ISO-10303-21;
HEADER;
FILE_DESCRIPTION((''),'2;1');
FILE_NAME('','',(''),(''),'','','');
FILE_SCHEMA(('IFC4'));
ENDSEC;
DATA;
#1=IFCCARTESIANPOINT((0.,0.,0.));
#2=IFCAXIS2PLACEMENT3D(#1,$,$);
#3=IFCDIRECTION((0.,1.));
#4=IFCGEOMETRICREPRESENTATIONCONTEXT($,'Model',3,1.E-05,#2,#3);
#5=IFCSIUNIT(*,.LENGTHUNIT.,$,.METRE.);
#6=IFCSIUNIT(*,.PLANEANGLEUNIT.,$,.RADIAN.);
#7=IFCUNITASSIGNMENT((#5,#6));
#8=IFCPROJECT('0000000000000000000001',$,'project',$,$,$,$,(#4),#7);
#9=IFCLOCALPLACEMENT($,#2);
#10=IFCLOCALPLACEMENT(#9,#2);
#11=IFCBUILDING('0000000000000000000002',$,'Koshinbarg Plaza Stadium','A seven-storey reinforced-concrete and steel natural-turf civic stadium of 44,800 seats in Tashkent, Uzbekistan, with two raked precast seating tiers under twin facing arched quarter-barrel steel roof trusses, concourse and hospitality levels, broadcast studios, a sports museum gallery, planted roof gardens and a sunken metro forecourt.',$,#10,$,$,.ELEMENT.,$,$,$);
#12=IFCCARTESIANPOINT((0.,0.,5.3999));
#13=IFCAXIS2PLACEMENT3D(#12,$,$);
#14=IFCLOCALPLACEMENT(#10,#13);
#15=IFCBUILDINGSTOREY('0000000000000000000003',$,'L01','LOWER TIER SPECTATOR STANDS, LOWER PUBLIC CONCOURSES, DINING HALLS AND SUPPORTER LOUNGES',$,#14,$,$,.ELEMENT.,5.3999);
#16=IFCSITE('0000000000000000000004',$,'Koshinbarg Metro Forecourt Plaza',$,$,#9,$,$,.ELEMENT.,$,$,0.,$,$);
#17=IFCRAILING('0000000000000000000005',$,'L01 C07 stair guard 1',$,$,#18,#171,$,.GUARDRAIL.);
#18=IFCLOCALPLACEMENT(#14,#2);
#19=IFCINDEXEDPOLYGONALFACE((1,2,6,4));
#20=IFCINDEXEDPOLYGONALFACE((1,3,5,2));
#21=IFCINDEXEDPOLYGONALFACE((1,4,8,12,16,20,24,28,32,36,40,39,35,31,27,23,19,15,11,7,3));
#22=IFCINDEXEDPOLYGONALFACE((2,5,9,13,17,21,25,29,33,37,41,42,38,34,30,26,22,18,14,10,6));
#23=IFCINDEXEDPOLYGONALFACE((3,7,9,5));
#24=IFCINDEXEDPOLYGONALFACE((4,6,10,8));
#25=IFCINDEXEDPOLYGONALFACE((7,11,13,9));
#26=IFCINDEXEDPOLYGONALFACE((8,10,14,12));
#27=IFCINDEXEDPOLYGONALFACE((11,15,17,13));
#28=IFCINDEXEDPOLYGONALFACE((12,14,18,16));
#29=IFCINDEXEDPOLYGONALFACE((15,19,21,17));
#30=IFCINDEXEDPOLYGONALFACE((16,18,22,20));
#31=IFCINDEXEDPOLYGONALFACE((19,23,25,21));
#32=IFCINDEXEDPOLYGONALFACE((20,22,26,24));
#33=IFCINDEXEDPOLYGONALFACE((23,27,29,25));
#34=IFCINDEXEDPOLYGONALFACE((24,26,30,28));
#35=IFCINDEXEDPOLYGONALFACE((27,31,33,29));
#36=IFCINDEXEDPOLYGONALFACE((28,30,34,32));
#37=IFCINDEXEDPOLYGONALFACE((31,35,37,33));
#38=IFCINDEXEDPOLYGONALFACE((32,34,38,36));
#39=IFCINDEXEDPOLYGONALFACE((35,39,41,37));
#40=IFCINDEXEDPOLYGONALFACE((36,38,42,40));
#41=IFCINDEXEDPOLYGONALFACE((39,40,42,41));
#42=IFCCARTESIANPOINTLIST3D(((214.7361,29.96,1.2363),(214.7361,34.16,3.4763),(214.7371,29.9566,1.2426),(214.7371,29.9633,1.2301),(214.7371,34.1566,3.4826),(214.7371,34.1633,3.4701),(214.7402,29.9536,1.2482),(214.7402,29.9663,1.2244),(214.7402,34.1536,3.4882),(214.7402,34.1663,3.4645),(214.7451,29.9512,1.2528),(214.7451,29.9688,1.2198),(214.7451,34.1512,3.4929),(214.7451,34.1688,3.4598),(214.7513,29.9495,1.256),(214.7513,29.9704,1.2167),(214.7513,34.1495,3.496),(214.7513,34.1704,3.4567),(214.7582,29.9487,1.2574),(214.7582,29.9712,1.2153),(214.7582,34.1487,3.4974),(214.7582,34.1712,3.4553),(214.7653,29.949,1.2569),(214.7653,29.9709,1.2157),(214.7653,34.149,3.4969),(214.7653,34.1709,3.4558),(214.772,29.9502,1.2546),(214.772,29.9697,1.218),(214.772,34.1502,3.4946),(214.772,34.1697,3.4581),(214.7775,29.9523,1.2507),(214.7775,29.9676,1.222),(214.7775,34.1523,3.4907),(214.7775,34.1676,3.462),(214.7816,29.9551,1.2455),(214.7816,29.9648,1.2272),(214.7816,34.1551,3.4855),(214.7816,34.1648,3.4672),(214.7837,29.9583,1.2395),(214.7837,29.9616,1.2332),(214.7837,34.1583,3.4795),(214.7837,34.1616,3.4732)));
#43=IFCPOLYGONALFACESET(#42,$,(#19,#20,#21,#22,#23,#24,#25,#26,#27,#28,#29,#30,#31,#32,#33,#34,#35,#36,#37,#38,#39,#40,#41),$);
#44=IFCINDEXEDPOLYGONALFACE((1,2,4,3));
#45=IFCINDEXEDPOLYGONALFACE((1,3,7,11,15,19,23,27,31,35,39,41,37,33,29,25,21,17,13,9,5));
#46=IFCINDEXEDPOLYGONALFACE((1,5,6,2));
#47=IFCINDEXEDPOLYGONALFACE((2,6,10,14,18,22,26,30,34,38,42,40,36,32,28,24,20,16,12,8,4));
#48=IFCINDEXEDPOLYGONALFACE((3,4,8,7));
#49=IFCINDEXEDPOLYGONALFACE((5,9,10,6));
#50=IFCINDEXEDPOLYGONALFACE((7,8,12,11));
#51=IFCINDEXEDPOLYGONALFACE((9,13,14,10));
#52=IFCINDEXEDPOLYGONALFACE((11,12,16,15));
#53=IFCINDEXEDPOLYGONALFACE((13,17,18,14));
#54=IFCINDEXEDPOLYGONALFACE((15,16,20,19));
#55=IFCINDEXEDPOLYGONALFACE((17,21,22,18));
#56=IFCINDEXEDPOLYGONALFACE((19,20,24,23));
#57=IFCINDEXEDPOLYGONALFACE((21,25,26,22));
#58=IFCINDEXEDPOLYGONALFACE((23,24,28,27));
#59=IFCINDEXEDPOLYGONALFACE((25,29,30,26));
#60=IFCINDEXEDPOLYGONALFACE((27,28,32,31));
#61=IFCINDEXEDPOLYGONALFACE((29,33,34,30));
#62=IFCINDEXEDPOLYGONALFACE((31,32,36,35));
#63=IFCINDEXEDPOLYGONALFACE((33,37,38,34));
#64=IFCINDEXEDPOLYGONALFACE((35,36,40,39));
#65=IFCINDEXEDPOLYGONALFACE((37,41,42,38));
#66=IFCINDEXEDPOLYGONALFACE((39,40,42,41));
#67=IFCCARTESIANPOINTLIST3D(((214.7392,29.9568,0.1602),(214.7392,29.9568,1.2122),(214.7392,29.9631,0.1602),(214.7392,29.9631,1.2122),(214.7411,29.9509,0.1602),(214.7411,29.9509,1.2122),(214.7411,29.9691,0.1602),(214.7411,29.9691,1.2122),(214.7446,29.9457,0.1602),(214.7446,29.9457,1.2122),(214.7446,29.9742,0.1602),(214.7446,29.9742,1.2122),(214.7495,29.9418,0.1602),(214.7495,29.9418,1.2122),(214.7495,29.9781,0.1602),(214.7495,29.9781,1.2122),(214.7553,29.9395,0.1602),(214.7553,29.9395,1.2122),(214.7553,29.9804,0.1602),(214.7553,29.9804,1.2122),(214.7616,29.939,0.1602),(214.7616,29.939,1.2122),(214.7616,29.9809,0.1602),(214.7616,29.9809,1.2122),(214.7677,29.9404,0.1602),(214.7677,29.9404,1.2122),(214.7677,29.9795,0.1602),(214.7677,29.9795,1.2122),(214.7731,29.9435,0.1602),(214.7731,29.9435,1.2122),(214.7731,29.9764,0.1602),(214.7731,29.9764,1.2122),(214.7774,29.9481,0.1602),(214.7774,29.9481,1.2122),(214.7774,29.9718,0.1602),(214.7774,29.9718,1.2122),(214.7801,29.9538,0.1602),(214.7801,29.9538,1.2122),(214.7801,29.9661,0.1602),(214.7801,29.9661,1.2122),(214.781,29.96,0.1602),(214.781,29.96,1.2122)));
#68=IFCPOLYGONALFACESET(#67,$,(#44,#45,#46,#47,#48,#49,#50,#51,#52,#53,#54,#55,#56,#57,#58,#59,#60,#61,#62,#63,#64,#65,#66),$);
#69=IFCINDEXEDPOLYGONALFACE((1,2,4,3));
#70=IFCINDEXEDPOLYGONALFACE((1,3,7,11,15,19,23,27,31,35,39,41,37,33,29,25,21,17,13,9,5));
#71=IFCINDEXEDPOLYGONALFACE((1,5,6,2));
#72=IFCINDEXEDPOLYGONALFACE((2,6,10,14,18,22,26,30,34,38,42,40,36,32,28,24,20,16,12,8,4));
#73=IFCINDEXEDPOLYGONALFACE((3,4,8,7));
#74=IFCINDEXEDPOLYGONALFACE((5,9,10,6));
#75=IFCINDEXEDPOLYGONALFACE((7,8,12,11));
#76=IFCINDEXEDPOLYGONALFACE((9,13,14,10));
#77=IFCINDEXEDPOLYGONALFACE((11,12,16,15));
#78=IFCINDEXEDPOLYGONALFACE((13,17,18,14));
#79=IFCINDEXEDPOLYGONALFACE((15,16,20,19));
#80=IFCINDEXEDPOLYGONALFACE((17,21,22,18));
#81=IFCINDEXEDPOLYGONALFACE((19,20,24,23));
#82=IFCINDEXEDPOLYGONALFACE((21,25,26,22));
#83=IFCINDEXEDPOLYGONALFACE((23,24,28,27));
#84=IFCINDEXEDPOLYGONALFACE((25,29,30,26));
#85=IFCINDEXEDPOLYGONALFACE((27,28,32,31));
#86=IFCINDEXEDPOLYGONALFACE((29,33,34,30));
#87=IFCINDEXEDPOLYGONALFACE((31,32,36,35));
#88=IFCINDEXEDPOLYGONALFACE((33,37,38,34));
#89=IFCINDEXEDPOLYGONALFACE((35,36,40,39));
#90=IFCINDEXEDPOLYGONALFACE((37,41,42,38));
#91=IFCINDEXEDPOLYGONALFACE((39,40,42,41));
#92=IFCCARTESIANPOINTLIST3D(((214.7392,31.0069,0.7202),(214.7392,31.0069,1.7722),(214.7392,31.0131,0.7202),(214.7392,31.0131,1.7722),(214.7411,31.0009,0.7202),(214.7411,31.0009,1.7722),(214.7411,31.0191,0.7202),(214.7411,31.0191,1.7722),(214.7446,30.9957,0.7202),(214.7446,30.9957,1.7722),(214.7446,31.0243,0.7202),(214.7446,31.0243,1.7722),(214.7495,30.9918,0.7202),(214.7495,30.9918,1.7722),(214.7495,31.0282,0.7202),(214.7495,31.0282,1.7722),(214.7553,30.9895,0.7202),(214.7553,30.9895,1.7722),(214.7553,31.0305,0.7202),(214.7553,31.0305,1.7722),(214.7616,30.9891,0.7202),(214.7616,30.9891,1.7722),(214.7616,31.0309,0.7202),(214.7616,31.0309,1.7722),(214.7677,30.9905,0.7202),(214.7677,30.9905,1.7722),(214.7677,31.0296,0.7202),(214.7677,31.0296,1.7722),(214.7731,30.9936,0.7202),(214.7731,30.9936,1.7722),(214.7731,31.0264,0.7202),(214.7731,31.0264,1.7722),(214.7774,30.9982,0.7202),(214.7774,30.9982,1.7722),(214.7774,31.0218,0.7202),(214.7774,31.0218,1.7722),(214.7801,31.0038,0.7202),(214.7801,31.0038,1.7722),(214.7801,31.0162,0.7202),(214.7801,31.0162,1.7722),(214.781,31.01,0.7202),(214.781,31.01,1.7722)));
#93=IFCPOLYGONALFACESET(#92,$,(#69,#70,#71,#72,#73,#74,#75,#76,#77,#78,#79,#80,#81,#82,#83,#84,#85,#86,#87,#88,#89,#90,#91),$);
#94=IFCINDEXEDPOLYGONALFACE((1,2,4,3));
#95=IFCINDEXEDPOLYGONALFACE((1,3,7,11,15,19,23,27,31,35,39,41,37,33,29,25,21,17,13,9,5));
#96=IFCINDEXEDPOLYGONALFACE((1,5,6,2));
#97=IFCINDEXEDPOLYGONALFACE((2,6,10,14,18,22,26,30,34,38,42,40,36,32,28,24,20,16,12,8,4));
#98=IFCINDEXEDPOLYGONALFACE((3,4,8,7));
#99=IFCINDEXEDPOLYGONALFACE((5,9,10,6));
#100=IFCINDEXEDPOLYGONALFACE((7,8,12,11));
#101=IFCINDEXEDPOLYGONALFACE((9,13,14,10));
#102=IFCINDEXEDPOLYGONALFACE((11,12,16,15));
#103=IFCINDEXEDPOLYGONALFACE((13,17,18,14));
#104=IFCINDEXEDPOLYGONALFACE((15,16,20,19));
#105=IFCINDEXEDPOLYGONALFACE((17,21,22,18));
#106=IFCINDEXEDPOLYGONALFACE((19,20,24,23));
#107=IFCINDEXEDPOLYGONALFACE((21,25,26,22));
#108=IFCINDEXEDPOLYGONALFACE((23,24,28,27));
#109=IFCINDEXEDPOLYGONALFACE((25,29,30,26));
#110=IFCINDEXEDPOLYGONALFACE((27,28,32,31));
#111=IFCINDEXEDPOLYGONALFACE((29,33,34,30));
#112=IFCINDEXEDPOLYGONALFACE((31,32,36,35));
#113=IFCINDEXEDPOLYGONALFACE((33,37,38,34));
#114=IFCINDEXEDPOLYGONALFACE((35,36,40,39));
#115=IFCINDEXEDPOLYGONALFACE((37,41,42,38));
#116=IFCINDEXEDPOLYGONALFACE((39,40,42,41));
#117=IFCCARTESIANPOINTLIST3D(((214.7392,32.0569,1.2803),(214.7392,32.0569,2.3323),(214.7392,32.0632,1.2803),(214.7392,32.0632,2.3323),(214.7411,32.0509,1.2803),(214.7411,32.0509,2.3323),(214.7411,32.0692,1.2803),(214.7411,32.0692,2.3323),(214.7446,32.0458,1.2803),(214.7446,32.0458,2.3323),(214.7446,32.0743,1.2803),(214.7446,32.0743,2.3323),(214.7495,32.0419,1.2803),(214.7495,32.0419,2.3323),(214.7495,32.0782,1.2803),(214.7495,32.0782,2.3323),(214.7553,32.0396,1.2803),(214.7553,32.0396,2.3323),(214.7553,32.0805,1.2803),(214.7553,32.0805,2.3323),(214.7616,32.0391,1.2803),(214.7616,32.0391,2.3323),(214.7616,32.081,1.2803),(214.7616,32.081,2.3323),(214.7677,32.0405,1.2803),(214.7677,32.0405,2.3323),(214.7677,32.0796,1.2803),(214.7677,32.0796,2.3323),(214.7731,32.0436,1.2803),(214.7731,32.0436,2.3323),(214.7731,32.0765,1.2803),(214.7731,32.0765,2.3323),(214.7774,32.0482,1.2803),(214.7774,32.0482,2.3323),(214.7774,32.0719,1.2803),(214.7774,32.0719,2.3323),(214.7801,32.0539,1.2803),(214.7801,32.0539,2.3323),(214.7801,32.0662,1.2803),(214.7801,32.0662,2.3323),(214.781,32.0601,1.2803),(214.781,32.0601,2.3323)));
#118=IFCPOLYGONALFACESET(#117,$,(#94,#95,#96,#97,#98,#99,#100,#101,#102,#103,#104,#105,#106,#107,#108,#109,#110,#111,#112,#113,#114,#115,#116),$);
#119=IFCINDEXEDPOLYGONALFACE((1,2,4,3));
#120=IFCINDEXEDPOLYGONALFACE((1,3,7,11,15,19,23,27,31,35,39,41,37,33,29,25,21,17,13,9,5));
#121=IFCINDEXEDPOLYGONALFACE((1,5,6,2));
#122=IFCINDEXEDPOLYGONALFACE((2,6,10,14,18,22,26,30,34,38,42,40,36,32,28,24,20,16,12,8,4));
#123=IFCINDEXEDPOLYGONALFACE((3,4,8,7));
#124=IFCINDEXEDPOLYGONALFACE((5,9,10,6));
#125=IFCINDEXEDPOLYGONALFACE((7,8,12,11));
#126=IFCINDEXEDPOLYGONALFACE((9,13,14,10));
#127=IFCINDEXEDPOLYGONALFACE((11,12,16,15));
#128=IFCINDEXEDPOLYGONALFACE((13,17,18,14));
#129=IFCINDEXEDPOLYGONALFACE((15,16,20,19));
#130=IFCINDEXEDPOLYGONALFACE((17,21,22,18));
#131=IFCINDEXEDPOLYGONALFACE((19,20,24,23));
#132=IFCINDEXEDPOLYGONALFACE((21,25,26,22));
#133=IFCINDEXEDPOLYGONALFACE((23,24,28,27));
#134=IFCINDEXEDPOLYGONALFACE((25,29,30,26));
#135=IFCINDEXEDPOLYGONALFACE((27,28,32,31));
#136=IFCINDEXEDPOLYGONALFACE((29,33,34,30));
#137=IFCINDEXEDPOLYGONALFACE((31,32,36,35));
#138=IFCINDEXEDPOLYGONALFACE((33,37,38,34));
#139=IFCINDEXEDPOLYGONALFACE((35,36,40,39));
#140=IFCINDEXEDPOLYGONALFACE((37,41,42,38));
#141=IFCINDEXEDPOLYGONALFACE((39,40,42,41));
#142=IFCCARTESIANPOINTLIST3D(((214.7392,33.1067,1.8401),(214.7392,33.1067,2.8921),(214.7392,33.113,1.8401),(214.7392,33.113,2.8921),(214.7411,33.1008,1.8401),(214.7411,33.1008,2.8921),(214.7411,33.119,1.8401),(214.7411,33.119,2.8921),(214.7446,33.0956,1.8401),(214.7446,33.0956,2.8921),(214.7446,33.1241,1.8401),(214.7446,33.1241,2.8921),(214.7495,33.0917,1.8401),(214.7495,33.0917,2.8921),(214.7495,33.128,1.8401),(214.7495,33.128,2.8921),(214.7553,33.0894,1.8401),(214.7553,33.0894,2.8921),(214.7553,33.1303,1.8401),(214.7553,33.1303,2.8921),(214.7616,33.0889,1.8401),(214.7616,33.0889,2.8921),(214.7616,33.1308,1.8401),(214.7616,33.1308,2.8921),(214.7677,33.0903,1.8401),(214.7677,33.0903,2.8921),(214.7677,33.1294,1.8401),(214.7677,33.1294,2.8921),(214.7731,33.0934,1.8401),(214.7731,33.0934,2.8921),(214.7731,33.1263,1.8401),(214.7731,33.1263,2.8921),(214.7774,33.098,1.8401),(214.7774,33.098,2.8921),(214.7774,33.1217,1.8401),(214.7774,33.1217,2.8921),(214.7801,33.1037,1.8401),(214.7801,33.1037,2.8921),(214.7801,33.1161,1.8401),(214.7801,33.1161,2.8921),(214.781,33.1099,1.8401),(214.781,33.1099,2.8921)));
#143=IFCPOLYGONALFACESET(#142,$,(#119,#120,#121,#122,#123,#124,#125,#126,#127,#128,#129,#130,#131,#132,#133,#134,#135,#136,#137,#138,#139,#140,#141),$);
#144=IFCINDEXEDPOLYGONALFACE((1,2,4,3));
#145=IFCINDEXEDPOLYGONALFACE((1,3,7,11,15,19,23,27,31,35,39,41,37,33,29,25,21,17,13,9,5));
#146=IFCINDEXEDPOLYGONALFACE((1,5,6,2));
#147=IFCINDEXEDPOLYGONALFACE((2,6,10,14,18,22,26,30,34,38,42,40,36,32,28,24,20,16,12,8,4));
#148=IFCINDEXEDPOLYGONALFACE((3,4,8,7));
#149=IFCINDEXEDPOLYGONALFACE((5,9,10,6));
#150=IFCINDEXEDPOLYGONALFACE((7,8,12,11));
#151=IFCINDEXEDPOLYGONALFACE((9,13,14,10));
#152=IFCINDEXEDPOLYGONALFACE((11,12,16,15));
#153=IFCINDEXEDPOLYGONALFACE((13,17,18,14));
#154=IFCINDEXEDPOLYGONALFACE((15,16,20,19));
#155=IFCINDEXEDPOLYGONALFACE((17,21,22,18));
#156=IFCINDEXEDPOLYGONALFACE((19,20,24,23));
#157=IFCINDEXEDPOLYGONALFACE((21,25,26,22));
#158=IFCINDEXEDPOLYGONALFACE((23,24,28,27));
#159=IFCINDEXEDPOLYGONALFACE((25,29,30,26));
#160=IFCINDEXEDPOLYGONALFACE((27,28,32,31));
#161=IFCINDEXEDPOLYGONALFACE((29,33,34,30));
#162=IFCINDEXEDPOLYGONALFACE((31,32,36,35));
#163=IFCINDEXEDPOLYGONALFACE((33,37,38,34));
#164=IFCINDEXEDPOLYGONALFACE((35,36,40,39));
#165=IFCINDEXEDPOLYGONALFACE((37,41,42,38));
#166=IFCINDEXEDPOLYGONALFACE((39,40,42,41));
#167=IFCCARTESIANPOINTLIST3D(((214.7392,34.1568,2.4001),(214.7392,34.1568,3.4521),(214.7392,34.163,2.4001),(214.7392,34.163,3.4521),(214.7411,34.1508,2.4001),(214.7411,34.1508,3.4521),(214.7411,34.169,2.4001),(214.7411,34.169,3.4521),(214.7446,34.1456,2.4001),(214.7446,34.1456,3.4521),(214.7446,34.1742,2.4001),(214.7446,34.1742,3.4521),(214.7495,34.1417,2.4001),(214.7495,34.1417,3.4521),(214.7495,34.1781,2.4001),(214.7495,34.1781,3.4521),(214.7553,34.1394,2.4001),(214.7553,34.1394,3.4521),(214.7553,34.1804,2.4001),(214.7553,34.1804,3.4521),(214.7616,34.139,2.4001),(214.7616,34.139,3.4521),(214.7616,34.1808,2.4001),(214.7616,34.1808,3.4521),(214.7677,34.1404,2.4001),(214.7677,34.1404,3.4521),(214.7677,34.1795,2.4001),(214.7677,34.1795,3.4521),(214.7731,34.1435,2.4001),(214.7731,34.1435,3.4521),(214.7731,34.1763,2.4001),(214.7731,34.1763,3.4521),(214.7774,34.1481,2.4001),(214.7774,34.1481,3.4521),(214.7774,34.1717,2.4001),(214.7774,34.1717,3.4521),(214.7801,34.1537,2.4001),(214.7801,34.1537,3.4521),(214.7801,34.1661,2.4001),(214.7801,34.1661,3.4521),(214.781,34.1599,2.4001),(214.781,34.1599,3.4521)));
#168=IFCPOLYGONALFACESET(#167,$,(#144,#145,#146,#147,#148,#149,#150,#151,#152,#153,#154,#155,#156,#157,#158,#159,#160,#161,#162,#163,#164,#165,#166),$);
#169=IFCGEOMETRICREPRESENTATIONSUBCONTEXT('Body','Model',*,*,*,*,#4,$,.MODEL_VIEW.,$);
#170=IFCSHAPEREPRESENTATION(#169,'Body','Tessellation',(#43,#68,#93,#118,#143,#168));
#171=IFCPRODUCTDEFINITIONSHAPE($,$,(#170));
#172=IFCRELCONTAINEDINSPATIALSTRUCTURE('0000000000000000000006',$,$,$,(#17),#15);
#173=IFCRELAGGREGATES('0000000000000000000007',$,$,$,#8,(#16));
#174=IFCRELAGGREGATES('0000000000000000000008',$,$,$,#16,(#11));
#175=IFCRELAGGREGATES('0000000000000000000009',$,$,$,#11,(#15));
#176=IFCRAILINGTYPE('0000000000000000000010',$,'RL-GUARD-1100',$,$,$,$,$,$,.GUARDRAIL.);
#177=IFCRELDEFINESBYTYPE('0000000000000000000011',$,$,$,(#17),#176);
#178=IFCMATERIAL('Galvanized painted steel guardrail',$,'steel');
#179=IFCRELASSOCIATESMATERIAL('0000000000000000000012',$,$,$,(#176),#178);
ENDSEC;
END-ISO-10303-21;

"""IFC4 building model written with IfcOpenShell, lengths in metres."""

from ifc_helpers import new_model, si_unit, direction, frame, origin, origin_2d, place, context, subcontext, project, spatial, circle, extrude, material, type_object, element, save


model = new_model("IFC4")

# Units and contexts
model_context = context("Model", 3, precision=1e-05, world=origin(), true_north=direction((0.0, 1.0)))
body_context = subcontext(model_context, "Body", "Model", "MODEL_VIEW")
ifc_project = project(units=[si_unit("LENGTHUNIT", "METRE"), si_unit("PLANEANGLEUNIT", "RADIAN")], contexts=[model_context])

# Site, building, storey
site_placement = place(None, origin())
site = spatial("IfcSite", under=ifc_project, at=site_placement, Name="Koshinbarg Metro Forecourt Plaza", CompositionType="ELEMENT", RefElevation=0.0)
building_placement = place(site_placement, origin())
building = spatial("IfcBuilding", under=site, at=building_placement, Name="Koshinbarg Plaza Stadium", Description="A seven-storey reinforced-concrete and steel natural-turf civic stadium of 44,800 seats in Tashkent, Uzbekistan, with two raked precast seating tiers under twin facing arched quarter-barrel steel roof trusses, concourse and hospitality levels, broadcast studios, a sports museum gallery, planted roof gardens and a sunken metro forecourt.", CompositionType="ELEMENT")
storey_placement = place(building_placement, frame((0.0, 0.0, 5.3999)))
storey = spatial("IfcBuildingStorey", under=building, at=storey_placement, Name="L01", Description="LOWER TIER SPECTATOR STANDS, LOWER PUBLIC CONCOURSES, DINING HALLS AND SUPPORTER LOUNGES", CompositionType="ELEMENT", Elevation=5.3999)

# Railing
ifc_material_1 = material(Name="Galvanized painted steel guardrail", Category="steel")
railing_type_1 = type_object("IfcRailingType", Name="RL-GUARD-1100", PredefinedType="GUARDRAIL", material=ifc_material_1)
railing_1_placement = place(storey_placement, frame((214.76, 29.96, 0.1602)))
element("IfcRailing", 1, at=railing_1_placement, inside=storey, type_object=railing_type_1, Name="L01 C07 stair guard 1", PredefinedType="GUARDRAIL", context=body_context, shape_type="SweptSolid", body=[
    extrude(circle(Radius=0.0239, at=origin_2d()), frame((0.0, 0.0, 1.0762), z_axis=(0.0, 0.882352, 0.470591), x_axis=(-1.0, 0.0, 0.0)), (0.0, 0.0, 1.0), 4.76),
    extrude(circle(Radius=0.021, at=origin_2d()), origin(), (0.0, 0.0, 1.0), 1.052),
    extrude(circle(Radius=0.021, at=origin_2d()), frame((0.0, 1.05, 0.5601)), (0.0, 0.0, 1.0), 1.052),
    extrude(circle(Radius=0.021, at=origin_2d()), frame((0.0, 2.1001, 1.1201)), (0.0, 0.0, 1.0), 1.052),
    extrude(circle(Radius=0.021, at=origin_2d()), frame((0.0, 3.1499, 1.6799)), (0.0, 0.0, 1.0), 1.052),
    extrude(circle(Radius=0.021, at=origin_2d()), frame((0.0, 4.2, 2.24)), (0.0, 0.0, 1.0), 1.052),
])

save(model, "model.ifc")
